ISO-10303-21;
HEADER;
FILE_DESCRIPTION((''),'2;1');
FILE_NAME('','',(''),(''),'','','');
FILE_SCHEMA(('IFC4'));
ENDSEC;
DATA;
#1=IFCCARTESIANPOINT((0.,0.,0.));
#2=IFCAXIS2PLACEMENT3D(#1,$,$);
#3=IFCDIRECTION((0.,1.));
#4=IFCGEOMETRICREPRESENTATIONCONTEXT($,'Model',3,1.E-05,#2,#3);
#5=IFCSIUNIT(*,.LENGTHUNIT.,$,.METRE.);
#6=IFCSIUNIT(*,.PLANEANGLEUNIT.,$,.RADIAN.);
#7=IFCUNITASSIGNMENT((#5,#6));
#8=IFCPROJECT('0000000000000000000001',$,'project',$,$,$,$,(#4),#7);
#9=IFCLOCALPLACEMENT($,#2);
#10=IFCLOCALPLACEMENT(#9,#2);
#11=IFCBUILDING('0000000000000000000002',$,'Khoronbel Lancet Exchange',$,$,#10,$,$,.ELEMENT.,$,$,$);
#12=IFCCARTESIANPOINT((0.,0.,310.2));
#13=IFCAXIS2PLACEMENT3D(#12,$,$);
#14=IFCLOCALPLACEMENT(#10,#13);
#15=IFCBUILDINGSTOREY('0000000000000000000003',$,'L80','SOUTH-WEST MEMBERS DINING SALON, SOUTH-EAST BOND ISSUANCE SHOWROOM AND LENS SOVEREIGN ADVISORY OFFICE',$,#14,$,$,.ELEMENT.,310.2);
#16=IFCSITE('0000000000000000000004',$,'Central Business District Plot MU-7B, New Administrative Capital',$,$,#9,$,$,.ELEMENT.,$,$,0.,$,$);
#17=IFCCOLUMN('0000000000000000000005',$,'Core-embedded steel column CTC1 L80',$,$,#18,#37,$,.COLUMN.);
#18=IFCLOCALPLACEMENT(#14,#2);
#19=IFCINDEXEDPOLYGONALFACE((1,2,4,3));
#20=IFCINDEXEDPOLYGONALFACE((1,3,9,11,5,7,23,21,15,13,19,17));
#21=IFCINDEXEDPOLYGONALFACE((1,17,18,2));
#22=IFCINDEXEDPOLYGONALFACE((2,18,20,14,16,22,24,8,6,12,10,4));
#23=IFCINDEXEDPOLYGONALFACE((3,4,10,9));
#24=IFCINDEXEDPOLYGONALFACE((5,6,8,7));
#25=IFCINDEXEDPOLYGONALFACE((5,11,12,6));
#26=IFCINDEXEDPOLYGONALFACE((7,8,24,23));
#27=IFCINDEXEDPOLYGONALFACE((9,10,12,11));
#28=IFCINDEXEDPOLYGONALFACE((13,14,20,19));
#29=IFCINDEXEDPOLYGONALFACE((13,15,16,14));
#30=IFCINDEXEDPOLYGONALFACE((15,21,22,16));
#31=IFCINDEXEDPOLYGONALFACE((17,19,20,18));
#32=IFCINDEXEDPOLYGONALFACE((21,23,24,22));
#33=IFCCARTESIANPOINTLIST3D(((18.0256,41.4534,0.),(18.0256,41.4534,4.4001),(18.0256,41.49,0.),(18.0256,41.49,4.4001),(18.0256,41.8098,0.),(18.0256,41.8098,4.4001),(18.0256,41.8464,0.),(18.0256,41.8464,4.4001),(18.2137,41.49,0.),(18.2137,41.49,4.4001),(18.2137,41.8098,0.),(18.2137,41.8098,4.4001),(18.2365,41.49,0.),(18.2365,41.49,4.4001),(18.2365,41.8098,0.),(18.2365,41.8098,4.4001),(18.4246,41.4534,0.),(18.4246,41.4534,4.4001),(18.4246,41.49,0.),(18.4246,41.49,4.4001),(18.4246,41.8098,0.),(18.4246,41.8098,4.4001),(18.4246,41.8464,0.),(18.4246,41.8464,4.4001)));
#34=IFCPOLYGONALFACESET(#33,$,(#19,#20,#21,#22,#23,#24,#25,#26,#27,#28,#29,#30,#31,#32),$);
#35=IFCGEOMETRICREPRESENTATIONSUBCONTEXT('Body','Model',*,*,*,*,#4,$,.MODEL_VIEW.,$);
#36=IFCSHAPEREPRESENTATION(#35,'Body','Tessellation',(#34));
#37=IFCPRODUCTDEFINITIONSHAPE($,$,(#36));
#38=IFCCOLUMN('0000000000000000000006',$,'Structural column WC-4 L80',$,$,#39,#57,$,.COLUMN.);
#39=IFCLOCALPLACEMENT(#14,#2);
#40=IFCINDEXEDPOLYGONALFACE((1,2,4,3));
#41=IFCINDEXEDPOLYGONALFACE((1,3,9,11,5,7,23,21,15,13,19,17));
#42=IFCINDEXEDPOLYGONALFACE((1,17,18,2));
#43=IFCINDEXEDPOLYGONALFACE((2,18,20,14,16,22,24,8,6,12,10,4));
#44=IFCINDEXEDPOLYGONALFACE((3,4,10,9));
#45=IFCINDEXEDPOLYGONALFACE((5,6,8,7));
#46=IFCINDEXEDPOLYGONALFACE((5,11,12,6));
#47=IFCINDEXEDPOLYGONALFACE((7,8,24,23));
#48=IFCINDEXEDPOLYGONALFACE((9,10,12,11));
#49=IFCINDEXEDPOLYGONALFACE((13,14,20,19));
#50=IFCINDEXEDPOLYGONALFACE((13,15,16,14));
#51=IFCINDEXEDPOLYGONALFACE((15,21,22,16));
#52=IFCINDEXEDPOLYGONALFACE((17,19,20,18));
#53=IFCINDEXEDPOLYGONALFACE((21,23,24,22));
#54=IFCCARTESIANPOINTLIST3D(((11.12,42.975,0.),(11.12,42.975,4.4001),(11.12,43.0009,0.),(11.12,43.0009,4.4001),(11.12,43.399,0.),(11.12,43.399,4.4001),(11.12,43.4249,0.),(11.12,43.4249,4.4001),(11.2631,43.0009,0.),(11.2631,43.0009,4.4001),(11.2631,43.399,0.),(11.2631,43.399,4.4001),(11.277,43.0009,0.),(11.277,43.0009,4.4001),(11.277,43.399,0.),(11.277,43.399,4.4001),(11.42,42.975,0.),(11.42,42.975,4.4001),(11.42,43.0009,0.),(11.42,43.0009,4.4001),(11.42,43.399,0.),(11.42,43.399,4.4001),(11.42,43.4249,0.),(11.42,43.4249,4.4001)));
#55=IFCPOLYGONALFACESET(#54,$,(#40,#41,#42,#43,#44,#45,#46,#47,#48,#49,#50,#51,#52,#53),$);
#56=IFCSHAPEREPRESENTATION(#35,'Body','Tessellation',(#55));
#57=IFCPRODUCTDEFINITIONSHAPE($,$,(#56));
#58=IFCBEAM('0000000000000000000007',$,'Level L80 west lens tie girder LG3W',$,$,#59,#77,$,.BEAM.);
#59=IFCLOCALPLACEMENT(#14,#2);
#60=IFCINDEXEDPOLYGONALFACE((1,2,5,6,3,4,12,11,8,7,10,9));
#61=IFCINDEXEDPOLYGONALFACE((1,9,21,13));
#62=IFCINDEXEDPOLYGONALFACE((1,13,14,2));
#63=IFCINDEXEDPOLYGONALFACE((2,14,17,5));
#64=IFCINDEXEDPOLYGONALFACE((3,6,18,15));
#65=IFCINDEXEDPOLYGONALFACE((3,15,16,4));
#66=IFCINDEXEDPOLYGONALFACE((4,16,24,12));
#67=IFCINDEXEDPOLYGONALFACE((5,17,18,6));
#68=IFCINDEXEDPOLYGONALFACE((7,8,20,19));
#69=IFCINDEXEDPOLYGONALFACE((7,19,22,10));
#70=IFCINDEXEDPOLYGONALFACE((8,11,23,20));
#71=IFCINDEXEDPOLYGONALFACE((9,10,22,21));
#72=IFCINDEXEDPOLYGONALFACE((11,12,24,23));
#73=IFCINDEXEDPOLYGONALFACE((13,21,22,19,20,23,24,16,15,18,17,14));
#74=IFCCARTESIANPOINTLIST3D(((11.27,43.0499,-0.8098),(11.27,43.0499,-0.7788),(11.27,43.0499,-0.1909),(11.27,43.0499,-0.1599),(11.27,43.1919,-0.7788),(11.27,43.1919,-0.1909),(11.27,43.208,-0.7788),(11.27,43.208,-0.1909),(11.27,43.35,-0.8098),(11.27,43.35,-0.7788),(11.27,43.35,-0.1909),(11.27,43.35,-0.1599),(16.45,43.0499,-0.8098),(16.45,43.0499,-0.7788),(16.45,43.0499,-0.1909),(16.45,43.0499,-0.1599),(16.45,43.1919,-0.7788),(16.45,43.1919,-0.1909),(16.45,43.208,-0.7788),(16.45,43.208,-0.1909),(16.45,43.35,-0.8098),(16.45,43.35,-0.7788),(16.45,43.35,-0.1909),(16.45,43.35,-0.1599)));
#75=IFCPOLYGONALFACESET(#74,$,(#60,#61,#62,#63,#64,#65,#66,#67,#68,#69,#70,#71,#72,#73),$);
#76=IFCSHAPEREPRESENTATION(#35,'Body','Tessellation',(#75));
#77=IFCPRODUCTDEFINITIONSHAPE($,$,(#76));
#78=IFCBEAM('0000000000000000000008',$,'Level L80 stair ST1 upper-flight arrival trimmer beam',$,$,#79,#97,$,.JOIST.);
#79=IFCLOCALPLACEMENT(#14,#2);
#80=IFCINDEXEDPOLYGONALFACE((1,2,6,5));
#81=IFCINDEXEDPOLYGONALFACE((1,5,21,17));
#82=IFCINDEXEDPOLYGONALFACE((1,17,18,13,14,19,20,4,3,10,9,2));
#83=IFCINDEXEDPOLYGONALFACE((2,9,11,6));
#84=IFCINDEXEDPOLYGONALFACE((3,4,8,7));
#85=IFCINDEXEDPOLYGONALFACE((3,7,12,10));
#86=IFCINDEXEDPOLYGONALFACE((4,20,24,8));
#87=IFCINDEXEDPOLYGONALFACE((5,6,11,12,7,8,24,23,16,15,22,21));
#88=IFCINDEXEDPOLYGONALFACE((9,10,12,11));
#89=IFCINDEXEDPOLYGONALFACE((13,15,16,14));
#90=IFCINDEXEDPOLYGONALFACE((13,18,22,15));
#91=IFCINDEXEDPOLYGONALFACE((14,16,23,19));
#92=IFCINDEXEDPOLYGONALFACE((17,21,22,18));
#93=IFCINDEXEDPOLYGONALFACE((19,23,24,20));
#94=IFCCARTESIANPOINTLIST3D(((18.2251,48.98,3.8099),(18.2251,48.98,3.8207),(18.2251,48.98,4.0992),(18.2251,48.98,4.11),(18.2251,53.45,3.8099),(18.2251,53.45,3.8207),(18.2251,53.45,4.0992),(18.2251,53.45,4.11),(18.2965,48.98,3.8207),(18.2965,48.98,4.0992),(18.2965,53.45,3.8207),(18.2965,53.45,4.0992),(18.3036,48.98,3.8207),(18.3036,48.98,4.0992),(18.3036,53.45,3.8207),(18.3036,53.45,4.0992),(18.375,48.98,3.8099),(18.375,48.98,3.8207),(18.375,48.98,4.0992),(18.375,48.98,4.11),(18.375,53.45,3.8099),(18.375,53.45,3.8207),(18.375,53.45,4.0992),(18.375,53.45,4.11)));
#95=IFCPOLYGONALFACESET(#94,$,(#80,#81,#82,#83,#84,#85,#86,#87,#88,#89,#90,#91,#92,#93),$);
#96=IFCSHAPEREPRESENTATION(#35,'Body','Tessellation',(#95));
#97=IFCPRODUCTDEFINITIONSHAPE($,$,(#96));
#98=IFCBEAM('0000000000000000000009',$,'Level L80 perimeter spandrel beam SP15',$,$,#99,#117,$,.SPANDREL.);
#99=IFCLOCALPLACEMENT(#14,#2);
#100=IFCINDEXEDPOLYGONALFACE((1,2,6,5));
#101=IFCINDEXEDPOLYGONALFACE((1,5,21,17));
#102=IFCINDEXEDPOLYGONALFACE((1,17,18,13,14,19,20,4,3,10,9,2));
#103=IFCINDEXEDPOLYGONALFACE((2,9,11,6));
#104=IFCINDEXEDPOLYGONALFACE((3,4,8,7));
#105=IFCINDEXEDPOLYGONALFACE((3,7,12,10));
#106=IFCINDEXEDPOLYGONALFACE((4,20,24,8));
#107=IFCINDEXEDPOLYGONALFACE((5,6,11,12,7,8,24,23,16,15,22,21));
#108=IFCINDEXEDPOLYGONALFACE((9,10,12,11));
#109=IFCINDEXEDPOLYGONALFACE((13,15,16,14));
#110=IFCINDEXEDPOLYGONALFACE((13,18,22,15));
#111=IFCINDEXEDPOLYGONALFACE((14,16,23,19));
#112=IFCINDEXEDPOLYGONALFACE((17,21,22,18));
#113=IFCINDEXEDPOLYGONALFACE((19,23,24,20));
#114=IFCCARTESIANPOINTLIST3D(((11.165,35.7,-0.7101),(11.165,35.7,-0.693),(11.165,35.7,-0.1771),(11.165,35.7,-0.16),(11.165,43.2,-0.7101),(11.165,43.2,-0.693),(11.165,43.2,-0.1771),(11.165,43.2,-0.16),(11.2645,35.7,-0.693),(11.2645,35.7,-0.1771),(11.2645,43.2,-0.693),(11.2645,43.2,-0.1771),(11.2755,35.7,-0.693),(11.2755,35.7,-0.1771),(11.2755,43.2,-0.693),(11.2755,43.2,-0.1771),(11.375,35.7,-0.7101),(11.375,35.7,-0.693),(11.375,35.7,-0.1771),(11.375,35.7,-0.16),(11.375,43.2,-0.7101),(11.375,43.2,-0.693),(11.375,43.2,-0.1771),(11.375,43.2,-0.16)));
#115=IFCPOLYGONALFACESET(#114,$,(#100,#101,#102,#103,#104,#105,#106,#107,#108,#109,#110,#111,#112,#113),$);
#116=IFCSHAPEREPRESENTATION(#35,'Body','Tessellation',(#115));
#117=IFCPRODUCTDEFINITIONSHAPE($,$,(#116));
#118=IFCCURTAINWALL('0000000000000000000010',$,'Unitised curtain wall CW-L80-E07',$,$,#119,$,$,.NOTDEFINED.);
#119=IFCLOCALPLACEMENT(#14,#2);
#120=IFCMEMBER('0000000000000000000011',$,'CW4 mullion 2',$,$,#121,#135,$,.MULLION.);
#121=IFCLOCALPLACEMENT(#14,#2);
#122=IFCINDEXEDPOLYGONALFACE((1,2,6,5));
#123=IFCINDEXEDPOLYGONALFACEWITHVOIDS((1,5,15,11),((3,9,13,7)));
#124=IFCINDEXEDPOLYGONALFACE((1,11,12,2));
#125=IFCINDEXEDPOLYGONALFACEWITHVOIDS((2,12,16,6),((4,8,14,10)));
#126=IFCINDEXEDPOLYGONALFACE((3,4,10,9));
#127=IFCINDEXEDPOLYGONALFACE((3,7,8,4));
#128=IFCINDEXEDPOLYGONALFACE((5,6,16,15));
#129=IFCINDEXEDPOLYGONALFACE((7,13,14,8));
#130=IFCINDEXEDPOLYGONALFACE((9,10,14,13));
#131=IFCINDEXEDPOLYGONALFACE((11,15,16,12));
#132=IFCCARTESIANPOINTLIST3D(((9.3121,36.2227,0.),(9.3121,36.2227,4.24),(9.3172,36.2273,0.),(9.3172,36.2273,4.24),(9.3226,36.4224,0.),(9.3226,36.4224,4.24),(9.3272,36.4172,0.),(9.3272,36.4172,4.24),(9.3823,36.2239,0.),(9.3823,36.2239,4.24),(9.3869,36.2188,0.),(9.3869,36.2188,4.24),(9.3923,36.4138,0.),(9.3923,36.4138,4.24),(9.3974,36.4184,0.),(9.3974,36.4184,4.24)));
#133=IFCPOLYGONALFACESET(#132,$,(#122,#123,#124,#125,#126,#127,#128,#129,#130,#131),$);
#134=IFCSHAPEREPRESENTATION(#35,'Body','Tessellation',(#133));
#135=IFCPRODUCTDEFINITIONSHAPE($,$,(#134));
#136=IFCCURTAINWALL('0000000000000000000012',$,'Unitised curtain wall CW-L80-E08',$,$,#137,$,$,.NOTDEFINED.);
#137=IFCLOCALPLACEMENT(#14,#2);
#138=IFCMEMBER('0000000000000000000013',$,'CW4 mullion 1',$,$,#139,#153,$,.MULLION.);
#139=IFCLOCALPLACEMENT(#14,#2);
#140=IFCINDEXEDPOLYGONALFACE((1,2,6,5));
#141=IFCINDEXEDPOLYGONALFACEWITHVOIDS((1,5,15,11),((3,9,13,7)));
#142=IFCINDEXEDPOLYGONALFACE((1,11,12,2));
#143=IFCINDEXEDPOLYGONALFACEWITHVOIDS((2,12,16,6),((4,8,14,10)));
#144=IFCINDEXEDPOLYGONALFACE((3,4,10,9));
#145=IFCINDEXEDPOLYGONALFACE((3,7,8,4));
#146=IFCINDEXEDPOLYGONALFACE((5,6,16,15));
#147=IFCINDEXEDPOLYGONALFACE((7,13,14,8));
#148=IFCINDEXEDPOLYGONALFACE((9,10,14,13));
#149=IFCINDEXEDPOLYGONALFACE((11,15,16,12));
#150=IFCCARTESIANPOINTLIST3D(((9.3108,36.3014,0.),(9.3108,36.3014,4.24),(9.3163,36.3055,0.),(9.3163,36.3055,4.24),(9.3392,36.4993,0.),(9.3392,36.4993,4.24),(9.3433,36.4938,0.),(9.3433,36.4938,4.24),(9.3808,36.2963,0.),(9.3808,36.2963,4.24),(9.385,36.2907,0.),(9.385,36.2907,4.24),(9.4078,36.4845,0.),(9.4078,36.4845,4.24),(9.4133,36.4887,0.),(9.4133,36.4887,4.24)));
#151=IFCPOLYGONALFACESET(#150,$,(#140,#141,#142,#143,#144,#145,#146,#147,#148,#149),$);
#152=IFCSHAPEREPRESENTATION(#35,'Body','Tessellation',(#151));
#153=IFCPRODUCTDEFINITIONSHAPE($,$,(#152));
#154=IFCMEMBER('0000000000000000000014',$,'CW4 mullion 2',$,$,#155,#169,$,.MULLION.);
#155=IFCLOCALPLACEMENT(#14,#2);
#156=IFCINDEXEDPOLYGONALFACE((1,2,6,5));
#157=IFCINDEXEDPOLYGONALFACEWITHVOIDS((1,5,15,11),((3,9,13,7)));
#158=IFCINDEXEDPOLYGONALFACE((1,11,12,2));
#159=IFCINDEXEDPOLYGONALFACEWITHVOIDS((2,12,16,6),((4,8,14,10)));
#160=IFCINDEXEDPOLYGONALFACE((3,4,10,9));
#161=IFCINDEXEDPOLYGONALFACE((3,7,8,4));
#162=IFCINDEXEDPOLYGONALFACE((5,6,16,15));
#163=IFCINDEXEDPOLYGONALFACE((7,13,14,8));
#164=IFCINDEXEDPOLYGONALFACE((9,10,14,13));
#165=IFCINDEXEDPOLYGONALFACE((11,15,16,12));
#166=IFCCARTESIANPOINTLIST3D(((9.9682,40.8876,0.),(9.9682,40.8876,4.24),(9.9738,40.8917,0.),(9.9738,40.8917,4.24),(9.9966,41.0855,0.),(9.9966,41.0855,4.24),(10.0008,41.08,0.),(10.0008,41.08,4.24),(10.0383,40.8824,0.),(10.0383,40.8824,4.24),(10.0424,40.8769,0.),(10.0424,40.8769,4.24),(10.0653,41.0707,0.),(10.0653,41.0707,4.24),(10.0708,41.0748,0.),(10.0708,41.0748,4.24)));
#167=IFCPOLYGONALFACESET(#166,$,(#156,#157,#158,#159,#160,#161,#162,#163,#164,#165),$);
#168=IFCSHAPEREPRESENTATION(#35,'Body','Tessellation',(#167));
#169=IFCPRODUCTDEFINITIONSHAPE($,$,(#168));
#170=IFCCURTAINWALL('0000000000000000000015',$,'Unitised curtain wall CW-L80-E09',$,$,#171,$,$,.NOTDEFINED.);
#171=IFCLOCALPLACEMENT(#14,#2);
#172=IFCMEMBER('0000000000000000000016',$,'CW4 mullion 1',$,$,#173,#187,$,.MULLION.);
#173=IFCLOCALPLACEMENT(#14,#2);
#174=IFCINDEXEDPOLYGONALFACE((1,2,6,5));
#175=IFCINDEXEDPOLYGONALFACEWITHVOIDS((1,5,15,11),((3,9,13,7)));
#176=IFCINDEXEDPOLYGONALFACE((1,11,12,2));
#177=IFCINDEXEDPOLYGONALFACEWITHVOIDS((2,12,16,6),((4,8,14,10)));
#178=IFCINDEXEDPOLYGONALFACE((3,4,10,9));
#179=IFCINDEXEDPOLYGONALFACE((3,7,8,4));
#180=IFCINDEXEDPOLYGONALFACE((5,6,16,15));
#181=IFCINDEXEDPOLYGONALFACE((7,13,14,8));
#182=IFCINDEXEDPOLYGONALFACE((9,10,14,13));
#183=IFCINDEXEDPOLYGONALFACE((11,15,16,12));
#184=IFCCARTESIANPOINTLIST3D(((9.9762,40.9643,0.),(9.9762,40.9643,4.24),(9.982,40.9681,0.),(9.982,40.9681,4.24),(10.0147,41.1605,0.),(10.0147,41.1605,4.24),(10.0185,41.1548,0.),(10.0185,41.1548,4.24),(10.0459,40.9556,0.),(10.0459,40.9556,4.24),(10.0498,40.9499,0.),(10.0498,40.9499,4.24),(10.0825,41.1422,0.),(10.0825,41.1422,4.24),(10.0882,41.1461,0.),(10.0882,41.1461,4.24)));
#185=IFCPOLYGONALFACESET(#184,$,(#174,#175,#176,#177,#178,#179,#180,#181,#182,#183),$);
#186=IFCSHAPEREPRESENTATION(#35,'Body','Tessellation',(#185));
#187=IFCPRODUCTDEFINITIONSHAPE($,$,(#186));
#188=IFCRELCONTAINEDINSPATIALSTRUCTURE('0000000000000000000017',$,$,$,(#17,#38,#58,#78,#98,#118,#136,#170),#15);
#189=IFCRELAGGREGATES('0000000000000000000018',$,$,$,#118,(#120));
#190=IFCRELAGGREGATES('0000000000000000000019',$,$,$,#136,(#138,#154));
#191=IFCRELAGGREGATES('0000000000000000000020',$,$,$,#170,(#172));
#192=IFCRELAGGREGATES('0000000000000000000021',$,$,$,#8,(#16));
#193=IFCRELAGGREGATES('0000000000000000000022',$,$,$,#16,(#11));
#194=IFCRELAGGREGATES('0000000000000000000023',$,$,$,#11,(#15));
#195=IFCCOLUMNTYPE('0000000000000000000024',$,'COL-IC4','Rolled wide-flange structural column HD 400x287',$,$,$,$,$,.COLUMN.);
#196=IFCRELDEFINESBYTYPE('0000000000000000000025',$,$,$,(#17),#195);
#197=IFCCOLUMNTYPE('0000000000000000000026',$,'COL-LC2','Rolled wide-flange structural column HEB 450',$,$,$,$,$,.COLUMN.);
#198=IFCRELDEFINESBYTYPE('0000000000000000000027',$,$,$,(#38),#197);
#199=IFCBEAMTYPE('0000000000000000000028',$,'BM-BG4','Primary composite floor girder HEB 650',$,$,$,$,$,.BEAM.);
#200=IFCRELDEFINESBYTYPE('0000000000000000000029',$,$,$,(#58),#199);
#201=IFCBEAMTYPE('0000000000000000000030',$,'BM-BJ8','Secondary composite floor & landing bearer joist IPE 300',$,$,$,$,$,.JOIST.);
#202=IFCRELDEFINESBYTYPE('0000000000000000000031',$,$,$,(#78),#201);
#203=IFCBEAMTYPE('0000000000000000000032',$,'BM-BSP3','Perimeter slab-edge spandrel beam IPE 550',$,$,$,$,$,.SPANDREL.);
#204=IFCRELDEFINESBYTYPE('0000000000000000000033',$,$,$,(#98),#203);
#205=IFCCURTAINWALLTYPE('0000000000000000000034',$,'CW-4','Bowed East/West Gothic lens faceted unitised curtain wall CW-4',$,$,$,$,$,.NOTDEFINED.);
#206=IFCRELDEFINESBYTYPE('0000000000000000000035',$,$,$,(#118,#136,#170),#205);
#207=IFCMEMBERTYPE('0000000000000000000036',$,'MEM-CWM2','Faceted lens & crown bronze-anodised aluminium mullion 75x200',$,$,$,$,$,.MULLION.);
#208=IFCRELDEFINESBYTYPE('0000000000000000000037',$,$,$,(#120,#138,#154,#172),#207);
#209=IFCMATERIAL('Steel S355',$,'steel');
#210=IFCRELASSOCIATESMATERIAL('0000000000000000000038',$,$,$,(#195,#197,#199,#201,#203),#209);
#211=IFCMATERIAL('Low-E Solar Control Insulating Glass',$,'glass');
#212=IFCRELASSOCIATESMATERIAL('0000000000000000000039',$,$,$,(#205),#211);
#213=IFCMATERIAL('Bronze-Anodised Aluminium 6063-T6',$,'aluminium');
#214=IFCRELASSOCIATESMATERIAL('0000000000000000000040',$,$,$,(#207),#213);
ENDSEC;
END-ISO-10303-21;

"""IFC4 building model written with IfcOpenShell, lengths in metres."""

from ifc_helpers import new_model, si_unit, direction, frame, origin, origin_2d, place, context, subcontext, project, spatial, hollow_rectangle, i_section, extrude, material, material_profile, profile_set, type_object, element, aggregate, save


model = new_model("IFC4")

# Units and contexts
model_context = context("Model", 3, precision=1e-05, world=origin(), true_north=direction((0.0, 1.0)))
body_context = subcontext(model_context, "Body", "Model", "MODEL_VIEW")
ifc_project = project(units=[si_unit("LENGTHUNIT", "METRE"), si_unit("PLANEANGLEUNIT", "RADIAN")], contexts=[model_context])

# Site, building, storey
site_placement = place(None, origin())
site = spatial("IfcSite", under=ifc_project, at=site_placement, Name="Central Business District Plot MU-7B, New Administrative Capital", CompositionType="ELEMENT", RefElevation=0.0)
building_placement = place(site_placement, origin())
building = spatial("IfcBuilding", under=site, at=building_placement, Name="Khoronbel Lancet Exchange", CompositionType="ELEMENT")
storey_placement = place(building_placement, frame((0.0, 0.0, 310.2)))
storey = spatial("IfcBuildingStorey", under=building, at=storey_placement, Name="L80", Description="SOUTH-WEST MEMBERS DINING SALON, SOUTH-EAST BOND ISSUANCE SHOWROOM AND LENS SOVEREIGN ADVISORY OFFICE", CompositionType="ELEMENT", Elevation=310.2)

# Columns
ifc_material_1 = material(Name="Steel S355", Category="steel")
ifc_material_profile_1 = material_profile(ifc_material_1, i_section(OverallWidth=0.3989, OverallDepth=0.3931, WebThickness=0.0227, FlangeThickness=0.0366, at=origin_2d()), Name="HD 400x287")
ifc_profile_set_1 = profile_set([ifc_material_profile_1], Name="Steel S355")
column_type_1 = type_object("IfcColumnType", Name="COL-IC4", Description="Rolled wide-flange structural column HD 400x287", PredefinedType="COLUMN", material=ifc_profile_set_1)
column_1_placement = place(storey_placement, frame((18.2251, 41.6499, 0.0), z_axis=(0.0, 0.0, 1.0), x_axis=(1.0, 0.0, 0.0)))
element("IfcColumn", 1, at=column_1_placement, inside=storey, type_object=column_type_1, Name="Core-embedded steel column CTC1 L80", PredefinedType="COLUMN", context=body_context, shape_type="SweptSolid", body=[
    extrude(i_section(OverallWidth=0.3989, OverallDepth=0.3931, WebThickness=0.0227, FlangeThickness=0.0366, at=origin_2d()), origin(), (0.0, 0.0, 1.0), 4.4001),
])
ifc_material_profile_2 = material_profile(ifc_material_1, i_section(OverallWidth=0.3, OverallDepth=0.45, WebThickness=0.0139, FlangeThickness=0.0259, at=origin_2d()), Name="HEB 450")
ifc_profile_set_2 = profile_set([ifc_material_profile_2], Name="Steel S355")
column_type_2 = type_object("IfcColumnType", Name="COL-LC2", Description="Rolled wide-flange structural column HEB 450", PredefinedType="COLUMN", material=ifc_profile_set_2)
column_2_placement = place(storey_placement, frame((11.27, 43.2, 0.0), z_axis=(0.0, 0.0, 1.0), x_axis=(1.0, 0.0, 0.0)))
element("IfcColumn", 2, at=column_2_placement, inside=storey, type_object=column_type_2, Name="Structural column WC-4 L80", PredefinedType="COLUMN", context=body_context, shape_type="SweptSolid", body=[
    extrude(i_section(OverallWidth=0.3, OverallDepth=0.45, WebThickness=0.0139, FlangeThickness=0.0259, at=origin_2d()), origin(), (0.0, 0.0, 1.0), 4.4001),
])

# Beams
ifc_material_profile_3 = material_profile(ifc_material_1, i_section(OverallWidth=0.3, OverallDepth=0.6499, WebThickness=0.0161, FlangeThickness=0.031, at=origin_2d()), Name="HEB 650")
ifc_profile_set_3 = profile_set([ifc_material_profile_3], Name="Steel S355")
beam_type_1 = type_object("IfcBeamType", Name="BM-BG4", Description="Primary composite floor girder HEB 650", PredefinedType="BEAM", material=ifc_profile_set_3)
beam_1_placement = place(storey_placement, frame((11.27, 43.2, -0.4849), z_axis=(1.0, 0.0, 0.0), x_axis=(0.0, 1.0, 0.0)))
element("IfcBeam", 3, at=beam_1_placement, inside=storey, type_object=beam_type_1, Name="Level L80 west lens tie girder LG3W", PredefinedType="BEAM", context=body_context, shape_type="SweptSolid", body=[
    extrude(i_section(OverallWidth=0.3, OverallDepth=0.6499, WebThickness=0.0161, FlangeThickness=0.031, at=origin_2d()), origin(), (0.0, 0.0, 1.0), 5.1799),
])
ifc_material_profile_4 = material_profile(ifc_material_1, i_section(OverallWidth=0.1499, OverallDepth=0.3, WebThickness=0.0071, FlangeThickness=0.0107, at=origin_2d()), Name="IPE 300")
ifc_profile_set_4 = profile_set([ifc_material_profile_4], Name="Steel S355")
beam_type_2 = type_object("IfcBeamType", Name="BM-BJ8", Description="Secondary composite floor & landing bearer joist IPE 300", PredefinedType="JOIST", material=ifc_profile_set_4)
beam_2_placement = place(storey_placement, frame((18.3, 48.98, 3.96), z_axis=(0.0, 1.0, 0.0), x_axis=(-1.0, 0.0, 0.0)))
element("IfcBeam", 4, at=beam_2_placement, inside=storey, type_object=beam_type_2, Name="Level L80 stair ST1 upper-flight arrival trimmer beam", PredefinedType="JOIST", context=body_context, shape_type="SweptSolid", body=[
    extrude(i_section(OverallWidth=0.1499, OverallDepth=0.3, WebThickness=0.0071, FlangeThickness=0.0107, at=origin_2d()), origin(), (0.0, 0.0, 1.0), 4.47),
])
ifc_material_profile_5 = material_profile(ifc_material_1, i_section(OverallWidth=0.21, OverallDepth=0.55, WebThickness=0.011, FlangeThickness=0.0171, at=origin_2d()), Name="IPE 550")
ifc_profile_set_5 = profile_set([ifc_material_profile_5], Name="Steel S355")
beam_type_3 = type_object("IfcBeamType", Name="BM-BSP3", Description="Perimeter slab-edge spandrel beam IPE 550", PredefinedType="SPANDREL", material=ifc_profile_set_5)
beam_3_placement = place(storey_placement, frame((11.27, 43.2, -0.4351), z_axis=(0.0, -1.0, 0.0), x_axis=(1.0, 0.0, 0.0)))
element("IfcBeam", 5, at=beam_3_placement, inside=storey, type_object=beam_type_3, Name="Level L80 perimeter spandrel beam SP15", PredefinedType="SPANDREL", context=body_context, shape_type="SweptSolid", body=[
    extrude(i_section(OverallWidth=0.21, OverallDepth=0.55, WebThickness=0.011, FlangeThickness=0.0171, at=origin_2d()), origin(), (0.0, 0.0, 1.0), 7.5),
])

# Curtain wall, member
ifc_material_2 = material(Name="Low-E Solar Control Insulating Glass", Category="glass")
curtain_wall_type = type_object("IfcCurtainWallType", Name="CW-4", Description="Bowed East/West Gothic lens faceted unitised curtain wall CW-4", PredefinedType="NOTDEFINED", material=ifc_material_2)
curtain_wall_1_placement = place(storey_placement, origin())
curtain_wall_1 = element("IfcCurtainWall", 6, at=curtain_wall_1_placement, inside=storey, type_object=curtain_wall_type, Name="Unitised curtain wall CW-L80-E07", PredefinedType="NOTDEFINED")
ifc_material_3 = material(Name="Bronze-Anodised Aluminium 6063-T6", Category="aluminium")
ifc_material_profile_6 = material_profile(ifc_material_3, hollow_rectangle(XDim=0.075, YDim=0.2, WallThickness=0.0049, at=origin_2d()), Name="ALU MULLION 75x200")
ifc_profile_set_6 = profile_set([ifc_material_profile_6], Name="Bronze-Anodised Aluminium 6063-T6")
member_type_1 = type_object("IfcMemberType", Name="MEM-CWM2", Description="Faceted lens & crown bronze-anodised aluminium mullion 75x200", PredefinedType="MULLION", material=ifc_profile_set_6)
member_1_placement = place(storey_placement, frame((9.3547, 36.3206, 0.0), z_axis=(0.0, 0.0, 1.0), x_axis=(-0.998625, 0.052419, 0.0)))
member_1 = element("IfcMember", 7, at=member_1_placement, type_object=member_type_1, Name="CW4 mullion 2", PredefinedType="MULLION", context=body_context, shape_type="SweptSolid", body=[
    extrude(hollow_rectangle(XDim=0.075, YDim=0.2, WallThickness=0.0049, at=origin_2d()), origin(), (0.0, 0.0, 1.0), 4.24),
])
aggregate(curtain_wall_1, [member_1])

# Curtain walls, members
curtain_wall_2_placement = place(storey_placement, origin())
curtain_wall_2 = element("IfcCurtainWall", 8, at=curtain_wall_2_placement, inside=storey, type_object=curtain_wall_type, Name="Unitised curtain wall CW-L80-E08", PredefinedType="NOTDEFINED")
member_2_placement = place(storey_placement, frame((9.3621, 36.395, 0.0), z_axis=(0.0, 0.0, 1.0), x_axis=(-0.98988, 0.141906, 0.0)))
member_2 = element("IfcMember", 9, at=member_2_placement, type_object=member_type_1, Name="CW4 mullion 1", PredefinedType="MULLION", context=body_context, shape_type="SweptSolid", body=[
    extrude(hollow_rectangle(XDim=0.075, YDim=0.2, WallThickness=0.0049, at=origin_2d()), origin(), (0.0, 0.0, 1.0), 4.24),
])
member_3_placement = place(storey_placement, frame((10.0195, 40.9812, 0.0), z_axis=(0.0, 0.0, 1.0), x_axis=(-0.98988, 0.141906, 0.0)))
member_3 = element("IfcMember", 10, at=member_3_placement, type_object=member_type_1, Name="CW4 mullion 2", PredefinedType="MULLION", context=body_context, shape_type="SweptSolid", body=[
    extrude(hollow_rectangle(XDim=0.075, YDim=0.2, WallThickness=0.0049, at=origin_2d()), origin(), (0.0, 0.0, 1.0), 4.24),
])
curtain_wall_3_placement = place(storey_placement, origin())
curtain_wall_3 = element("IfcCurtainWall", 11, at=curtain_wall_3_placement, inside=storey, type_object=curtain_wall_type, Name="Unitised curtain wall CW-L80-E09", PredefinedType="NOTDEFINED")
member_4_placement = place(storey_placement, frame((10.0322, 41.0552, 0.0), z_axis=(0.0, 0.0, 1.0), x_axis=(-0.98136, 0.192177, 0.0)))
member_4 = element("IfcMember", 12, at=member_4_placement, type_object=member_type_1, Name="CW4 mullion 1", PredefinedType="MULLION", context=body_context, shape_type="SweptSolid", body=[
    extrude(hollow_rectangle(XDim=0.075, YDim=0.2, WallThickness=0.0049, at=origin_2d()), origin(), (0.0, 0.0, 1.0), 4.24),
])

aggregate(curtain_wall_2, [member_2, member_3])
aggregate(curtain_wall_3, [member_4])

save(model, "model.ifc")
